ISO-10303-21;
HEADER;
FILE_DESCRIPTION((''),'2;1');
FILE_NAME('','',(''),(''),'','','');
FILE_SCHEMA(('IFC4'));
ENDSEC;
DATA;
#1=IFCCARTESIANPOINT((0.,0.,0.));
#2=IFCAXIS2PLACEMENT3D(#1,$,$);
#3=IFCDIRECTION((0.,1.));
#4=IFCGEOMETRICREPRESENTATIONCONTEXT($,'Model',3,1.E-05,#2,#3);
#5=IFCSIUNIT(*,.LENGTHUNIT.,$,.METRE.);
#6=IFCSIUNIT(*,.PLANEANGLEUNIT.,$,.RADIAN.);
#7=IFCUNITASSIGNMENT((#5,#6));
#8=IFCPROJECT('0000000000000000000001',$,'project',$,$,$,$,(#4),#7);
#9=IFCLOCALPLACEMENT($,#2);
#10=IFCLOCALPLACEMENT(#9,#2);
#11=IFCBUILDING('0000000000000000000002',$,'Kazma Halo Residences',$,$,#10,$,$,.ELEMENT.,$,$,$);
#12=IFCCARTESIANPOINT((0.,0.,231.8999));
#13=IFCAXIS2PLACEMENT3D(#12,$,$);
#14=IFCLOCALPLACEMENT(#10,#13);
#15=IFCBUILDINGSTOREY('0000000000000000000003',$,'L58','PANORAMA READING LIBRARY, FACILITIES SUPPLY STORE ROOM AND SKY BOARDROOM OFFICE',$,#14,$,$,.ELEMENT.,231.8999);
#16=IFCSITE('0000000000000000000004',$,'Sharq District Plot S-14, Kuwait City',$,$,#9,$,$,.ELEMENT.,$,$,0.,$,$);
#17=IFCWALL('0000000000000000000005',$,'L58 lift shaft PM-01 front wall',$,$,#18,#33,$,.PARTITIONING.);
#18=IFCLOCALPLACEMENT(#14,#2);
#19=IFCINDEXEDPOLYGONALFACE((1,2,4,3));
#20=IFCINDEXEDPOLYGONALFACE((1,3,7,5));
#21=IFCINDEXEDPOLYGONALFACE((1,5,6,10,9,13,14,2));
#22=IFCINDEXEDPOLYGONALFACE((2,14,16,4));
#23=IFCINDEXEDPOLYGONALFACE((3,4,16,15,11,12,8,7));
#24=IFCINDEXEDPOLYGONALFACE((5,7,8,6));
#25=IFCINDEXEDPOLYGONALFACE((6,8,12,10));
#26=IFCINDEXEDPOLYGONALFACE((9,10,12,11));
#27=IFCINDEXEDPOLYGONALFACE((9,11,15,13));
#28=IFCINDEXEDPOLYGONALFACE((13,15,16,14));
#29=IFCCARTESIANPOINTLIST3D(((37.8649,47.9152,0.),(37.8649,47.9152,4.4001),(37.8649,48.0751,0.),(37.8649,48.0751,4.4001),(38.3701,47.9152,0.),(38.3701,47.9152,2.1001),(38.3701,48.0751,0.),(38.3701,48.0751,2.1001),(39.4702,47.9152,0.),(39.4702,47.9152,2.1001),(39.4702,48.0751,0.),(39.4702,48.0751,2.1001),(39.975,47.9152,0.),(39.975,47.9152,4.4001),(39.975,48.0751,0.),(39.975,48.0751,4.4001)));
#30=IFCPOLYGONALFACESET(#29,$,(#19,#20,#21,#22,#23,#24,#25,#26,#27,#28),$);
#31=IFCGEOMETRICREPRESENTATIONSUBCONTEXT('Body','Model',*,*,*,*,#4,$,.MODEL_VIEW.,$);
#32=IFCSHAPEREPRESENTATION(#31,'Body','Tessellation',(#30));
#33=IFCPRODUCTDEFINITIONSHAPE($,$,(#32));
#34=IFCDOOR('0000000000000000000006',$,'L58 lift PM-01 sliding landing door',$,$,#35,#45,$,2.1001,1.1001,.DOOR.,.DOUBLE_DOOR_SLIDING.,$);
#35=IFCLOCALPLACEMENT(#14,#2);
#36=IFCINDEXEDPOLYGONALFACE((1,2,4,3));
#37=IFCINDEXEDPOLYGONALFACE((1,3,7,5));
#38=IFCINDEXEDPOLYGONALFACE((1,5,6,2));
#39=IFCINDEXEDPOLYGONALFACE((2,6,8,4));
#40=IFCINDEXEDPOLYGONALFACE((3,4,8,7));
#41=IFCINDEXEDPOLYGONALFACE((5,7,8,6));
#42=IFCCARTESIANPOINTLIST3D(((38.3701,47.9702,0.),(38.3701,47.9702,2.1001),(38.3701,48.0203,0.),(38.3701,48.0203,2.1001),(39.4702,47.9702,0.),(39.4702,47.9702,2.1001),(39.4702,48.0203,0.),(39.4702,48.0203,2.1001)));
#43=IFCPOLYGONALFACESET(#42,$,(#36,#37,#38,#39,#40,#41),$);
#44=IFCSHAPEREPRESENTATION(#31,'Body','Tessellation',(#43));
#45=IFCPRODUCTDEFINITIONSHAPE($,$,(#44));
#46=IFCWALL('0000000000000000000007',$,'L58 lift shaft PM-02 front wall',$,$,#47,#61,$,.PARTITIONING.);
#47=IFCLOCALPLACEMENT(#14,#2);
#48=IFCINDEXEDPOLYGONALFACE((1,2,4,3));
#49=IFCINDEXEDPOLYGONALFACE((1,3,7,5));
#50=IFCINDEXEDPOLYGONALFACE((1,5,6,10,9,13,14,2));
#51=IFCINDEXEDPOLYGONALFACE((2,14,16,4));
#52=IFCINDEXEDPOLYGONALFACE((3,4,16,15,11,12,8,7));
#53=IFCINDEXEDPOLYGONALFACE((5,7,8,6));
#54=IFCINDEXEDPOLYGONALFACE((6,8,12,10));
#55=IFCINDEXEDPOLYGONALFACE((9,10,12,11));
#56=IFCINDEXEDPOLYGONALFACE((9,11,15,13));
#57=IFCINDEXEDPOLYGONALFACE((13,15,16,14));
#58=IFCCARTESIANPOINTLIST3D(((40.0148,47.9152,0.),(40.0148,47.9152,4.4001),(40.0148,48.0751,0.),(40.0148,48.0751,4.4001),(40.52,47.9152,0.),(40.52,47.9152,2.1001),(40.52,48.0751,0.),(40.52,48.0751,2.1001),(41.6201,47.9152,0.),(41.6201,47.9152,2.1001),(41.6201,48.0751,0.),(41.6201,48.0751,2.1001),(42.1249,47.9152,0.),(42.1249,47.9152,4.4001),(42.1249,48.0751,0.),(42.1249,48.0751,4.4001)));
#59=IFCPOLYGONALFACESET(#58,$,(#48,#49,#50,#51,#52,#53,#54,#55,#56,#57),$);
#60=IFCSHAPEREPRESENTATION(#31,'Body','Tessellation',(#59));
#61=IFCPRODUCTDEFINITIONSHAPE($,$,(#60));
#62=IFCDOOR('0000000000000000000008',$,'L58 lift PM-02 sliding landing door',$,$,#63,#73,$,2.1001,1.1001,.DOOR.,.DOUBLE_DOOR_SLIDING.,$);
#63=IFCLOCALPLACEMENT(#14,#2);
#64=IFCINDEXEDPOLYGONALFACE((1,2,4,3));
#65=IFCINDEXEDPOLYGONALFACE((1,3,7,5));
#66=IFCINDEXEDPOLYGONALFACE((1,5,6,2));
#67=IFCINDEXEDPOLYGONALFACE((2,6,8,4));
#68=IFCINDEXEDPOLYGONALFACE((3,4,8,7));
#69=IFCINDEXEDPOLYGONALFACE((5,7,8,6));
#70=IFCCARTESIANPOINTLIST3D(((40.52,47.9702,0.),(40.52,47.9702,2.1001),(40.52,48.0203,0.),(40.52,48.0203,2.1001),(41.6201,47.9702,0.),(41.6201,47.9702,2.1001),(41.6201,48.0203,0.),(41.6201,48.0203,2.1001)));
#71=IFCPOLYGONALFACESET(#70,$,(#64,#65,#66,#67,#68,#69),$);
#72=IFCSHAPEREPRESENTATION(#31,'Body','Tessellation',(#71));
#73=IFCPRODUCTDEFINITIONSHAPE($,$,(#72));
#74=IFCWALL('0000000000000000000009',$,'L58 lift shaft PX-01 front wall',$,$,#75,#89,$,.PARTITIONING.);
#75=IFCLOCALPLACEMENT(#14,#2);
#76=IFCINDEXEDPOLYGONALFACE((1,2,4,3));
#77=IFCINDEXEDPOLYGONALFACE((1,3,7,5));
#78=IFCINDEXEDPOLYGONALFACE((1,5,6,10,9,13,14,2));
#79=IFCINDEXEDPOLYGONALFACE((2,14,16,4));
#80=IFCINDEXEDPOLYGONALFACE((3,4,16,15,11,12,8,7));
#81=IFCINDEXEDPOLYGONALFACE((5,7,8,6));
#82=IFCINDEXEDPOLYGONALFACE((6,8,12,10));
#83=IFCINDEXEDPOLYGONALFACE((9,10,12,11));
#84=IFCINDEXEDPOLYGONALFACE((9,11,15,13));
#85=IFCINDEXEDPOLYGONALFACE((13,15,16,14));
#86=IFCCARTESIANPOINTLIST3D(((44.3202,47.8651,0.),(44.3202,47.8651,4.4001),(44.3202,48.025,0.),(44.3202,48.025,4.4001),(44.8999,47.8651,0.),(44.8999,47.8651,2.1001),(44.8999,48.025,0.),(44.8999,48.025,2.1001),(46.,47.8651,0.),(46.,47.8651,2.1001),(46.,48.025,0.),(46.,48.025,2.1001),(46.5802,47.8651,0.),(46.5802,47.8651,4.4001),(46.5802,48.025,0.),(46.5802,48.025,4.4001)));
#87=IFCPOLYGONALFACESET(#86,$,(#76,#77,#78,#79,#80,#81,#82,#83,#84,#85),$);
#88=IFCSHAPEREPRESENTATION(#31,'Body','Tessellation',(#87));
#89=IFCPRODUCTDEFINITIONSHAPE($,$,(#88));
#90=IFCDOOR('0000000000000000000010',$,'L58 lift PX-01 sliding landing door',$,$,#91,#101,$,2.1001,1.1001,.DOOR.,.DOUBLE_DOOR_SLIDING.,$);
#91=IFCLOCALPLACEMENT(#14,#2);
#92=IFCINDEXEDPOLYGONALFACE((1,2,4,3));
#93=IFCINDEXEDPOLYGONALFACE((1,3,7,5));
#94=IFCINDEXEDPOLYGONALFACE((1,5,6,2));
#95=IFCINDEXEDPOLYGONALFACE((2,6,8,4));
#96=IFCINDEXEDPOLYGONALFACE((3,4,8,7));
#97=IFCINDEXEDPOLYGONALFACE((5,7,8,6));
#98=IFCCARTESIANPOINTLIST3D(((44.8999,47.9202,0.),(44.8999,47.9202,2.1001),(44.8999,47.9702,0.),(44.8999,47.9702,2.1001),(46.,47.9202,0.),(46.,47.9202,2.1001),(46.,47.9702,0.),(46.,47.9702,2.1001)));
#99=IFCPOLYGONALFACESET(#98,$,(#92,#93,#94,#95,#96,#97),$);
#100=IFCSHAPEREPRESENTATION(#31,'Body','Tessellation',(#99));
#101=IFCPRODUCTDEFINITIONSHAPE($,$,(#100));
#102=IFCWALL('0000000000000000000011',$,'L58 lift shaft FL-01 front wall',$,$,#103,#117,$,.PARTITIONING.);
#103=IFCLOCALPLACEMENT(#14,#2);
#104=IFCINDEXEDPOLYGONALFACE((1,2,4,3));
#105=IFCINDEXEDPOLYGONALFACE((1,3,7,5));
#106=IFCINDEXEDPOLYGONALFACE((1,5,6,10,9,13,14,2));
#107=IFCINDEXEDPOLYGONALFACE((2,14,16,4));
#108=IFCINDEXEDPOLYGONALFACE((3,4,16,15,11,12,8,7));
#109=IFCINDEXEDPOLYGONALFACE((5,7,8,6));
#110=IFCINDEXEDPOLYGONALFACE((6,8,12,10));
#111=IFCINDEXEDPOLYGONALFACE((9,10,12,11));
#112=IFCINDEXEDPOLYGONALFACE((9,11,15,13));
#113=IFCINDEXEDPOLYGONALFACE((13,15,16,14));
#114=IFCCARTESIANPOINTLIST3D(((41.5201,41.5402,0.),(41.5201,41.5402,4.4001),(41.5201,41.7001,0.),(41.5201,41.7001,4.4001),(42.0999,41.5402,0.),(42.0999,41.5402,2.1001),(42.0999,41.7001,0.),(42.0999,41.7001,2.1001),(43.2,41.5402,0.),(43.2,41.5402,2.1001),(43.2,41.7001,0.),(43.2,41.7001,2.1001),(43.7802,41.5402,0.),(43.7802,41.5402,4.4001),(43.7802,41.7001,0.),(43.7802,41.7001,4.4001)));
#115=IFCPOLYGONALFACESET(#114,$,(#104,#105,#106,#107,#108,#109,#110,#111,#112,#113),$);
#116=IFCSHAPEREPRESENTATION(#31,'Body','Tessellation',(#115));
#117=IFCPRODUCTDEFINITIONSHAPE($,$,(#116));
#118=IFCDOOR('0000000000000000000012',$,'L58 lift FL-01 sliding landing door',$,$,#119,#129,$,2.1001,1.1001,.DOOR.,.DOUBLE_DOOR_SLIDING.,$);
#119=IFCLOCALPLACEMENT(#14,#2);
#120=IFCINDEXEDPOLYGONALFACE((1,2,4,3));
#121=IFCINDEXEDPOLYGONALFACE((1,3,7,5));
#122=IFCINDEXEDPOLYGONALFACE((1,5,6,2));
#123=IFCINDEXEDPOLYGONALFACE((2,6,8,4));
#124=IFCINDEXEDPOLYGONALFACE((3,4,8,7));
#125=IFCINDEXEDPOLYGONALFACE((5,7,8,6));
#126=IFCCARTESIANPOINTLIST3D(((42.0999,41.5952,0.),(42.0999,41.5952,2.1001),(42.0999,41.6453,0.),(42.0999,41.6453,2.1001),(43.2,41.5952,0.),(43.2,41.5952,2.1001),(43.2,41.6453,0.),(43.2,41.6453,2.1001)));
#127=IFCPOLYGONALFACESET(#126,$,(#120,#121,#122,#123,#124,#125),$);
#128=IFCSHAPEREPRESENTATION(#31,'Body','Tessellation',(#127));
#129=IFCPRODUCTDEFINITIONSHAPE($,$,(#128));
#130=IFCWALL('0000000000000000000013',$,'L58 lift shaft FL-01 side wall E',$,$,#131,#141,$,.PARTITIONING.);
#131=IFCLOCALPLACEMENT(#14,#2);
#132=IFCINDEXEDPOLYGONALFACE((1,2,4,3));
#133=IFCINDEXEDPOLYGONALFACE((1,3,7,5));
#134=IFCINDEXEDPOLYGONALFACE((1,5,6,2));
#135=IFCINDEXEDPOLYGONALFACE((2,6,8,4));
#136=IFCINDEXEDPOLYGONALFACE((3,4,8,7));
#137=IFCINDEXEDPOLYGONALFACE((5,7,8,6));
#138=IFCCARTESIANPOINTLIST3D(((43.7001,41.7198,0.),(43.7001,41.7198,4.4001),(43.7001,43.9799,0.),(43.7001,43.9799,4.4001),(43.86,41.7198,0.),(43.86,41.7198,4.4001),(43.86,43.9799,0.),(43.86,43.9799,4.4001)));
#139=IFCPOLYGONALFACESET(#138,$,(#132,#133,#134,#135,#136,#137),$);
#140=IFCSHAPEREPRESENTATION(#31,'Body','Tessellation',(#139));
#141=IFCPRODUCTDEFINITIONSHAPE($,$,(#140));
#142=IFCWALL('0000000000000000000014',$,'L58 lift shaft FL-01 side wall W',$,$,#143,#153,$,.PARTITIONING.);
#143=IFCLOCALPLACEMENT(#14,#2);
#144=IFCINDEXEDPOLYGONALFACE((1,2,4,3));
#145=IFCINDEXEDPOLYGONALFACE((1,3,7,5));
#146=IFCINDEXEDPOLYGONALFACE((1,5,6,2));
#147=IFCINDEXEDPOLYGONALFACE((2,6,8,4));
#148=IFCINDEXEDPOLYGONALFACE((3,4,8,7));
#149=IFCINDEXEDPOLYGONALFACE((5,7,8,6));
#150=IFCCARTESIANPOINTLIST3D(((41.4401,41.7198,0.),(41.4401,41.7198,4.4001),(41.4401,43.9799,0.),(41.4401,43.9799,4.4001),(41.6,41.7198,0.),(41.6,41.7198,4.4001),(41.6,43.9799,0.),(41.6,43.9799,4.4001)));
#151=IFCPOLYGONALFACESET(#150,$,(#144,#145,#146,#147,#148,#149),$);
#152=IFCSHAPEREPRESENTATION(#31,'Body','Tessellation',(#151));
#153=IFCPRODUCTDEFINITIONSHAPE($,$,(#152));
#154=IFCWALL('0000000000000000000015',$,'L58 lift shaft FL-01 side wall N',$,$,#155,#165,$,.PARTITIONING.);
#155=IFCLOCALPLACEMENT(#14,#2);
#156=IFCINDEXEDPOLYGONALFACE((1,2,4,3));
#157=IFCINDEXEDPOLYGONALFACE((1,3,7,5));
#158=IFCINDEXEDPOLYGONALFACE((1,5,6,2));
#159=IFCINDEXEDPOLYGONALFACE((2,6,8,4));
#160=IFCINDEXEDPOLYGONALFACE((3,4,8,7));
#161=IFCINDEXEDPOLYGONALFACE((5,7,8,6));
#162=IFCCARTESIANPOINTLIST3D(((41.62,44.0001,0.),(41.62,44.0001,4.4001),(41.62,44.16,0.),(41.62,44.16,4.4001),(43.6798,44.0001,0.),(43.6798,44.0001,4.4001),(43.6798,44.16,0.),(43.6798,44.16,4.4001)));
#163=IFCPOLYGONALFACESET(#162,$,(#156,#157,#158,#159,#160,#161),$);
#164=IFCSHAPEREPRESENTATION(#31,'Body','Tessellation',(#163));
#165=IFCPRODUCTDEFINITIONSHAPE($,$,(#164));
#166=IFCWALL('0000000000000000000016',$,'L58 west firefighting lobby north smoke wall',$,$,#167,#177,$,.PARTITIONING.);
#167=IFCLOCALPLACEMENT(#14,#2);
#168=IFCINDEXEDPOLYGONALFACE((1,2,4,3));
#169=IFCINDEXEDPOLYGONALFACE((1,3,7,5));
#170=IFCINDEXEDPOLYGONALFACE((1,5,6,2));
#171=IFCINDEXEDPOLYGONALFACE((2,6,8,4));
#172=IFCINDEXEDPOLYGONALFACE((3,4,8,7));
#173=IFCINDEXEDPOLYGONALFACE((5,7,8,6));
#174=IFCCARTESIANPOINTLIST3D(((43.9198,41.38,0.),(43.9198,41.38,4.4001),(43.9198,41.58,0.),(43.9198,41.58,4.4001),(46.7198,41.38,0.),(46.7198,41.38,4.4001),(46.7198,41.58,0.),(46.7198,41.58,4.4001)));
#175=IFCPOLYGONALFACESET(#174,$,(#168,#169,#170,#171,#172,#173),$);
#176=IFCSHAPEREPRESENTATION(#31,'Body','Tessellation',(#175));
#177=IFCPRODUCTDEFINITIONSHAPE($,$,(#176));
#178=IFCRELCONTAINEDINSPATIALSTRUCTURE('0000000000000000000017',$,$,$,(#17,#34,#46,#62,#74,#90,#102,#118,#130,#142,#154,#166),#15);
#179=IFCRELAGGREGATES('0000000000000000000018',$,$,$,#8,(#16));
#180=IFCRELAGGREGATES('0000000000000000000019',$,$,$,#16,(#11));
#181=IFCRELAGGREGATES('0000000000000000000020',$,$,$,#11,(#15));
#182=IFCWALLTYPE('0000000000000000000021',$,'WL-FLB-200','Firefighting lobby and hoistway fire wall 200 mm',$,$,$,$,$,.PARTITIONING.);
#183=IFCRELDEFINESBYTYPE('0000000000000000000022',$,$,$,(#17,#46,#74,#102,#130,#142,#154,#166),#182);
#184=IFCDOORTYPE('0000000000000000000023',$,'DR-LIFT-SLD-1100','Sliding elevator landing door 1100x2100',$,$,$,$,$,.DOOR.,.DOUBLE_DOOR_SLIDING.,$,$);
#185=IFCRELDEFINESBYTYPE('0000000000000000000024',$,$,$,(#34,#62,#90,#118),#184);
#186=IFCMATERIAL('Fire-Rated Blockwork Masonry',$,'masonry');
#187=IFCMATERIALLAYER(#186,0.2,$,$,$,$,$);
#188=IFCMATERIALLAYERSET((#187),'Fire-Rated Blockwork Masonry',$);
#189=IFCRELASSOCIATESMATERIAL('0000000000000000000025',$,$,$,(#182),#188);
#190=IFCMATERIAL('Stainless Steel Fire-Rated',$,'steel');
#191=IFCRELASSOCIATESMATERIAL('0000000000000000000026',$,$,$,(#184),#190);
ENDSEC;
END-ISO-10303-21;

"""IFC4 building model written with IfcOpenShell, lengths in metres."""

from ifc_helpers import new_model, si_unit, direction, frame, frame_2d, origin, place, context, subcontext, project, spatial, rectangle, extrude, material, layer, layer_set, type_object, element, fill, save


model = new_model("IFC4")

# Units and contexts
model_context = context("Model", 3, precision=1e-05, world=origin(), true_north=direction((0.0, 1.0)))
body_context = subcontext(model_context, "Body", "Model", "MODEL_VIEW")
ifc_project = project(units=[si_unit("LENGTHUNIT", "METRE"), si_unit("PLANEANGLEUNIT", "RADIAN")], contexts=[model_context])

# Site, building, storey
site_placement = place(None, origin())
site = spatial("IfcSite", under=ifc_project, at=site_placement, Name="Sharq District Plot S-14, Kuwait City", CompositionType="ELEMENT", RefElevation=0.0)
building_placement = place(site_placement, origin())
building = spatial("IfcBuilding", under=site, at=building_placement, Name="Kazma Halo Residences", CompositionType="ELEMENT")
storey_placement = place(building_placement, frame((0.0, 0.0, 231.8999)))
storey = spatial("IfcBuildingStorey", under=building, at=storey_placement, Name="L58", Description="PANORAMA READING LIBRARY, FACILITIES SUPPLY STORE ROOM AND SKY BOARDROOM OFFICE", CompositionType="ELEMENT", Elevation=231.8999)

# Walls, openings, doors
ifc_material_1 = material(Name="Fire-Rated Blockwork Masonry", Category="masonry")
ifc_layer_1 = layer(ifc_material_1, 0.2)
ifc_layer_set_1 = layer_set([ifc_layer_1], Name="Fire-Rated Blockwork Masonry")
wall_type_1 = type_object("IfcWallType", Name="WL-FLB-200", Description="Firefighting lobby and hoistway fire wall 200 mm", PredefinedType="PARTITIONING", material=ifc_layer_set_1)
wall_1_placement = place(storey_placement, frame((39.9751, 47.9951, 0.0), z_axis=(0.0, 0.0, 1.0), x_axis=(-1.0, 0.0, 0.0)))
wall_1 = element("IfcWall", 1, at=wall_1_placement, inside=storey, type_object=wall_type_1, Name="L58 lift shaft PM-01 front wall", PredefinedType="PARTITIONING", context=body_context, shape_type="SweptSolid", body=[
    extrude(rectangle(XDim=2.1101, YDim=0.1599, at=frame_2d((1.0552, 0.0))), origin(), (0.0, 0.0, 1.0), 4.4001),
])
opening_1_placement = place(wall_1_placement, frame((0.5049, 0.0, 0.0)))
opening_1 = element("IfcOpeningElement", 2, at=opening_1_placement, cuts=wall_1, PredefinedType="OPENING", context=body_context, shape_type="SweptSolid", body=[
    extrude(rectangle(XDim=1.1001, YDim=2.1001, at=frame_2d((0.55, 1.05))), frame((0.0, 0.0898, 0.0), z_axis=(0.0, -1.0, 0.0), x_axis=(1.0, 0.0, 0.0)), (0.0, 0.0, 1.0), 0.1799),
])
ifc_material_2 = material(Name="Stainless Steel Fire-Rated", Category="steel")
door_type_1 = type_object("IfcDoorType", Name="DR-LIFT-SLD-1100", Description="Sliding elevator landing door 1100x2100", OperationType="DOUBLE_DOOR_SLIDING", PredefinedType="DOOR", material=ifc_material_2)
door_1_placement = place(opening_1_placement, origin())
door_1 = element("IfcDoor", 3, at=door_1_placement, inside=storey, type_object=door_type_1, Name="L58 lift PM-01 sliding landing door", OperationType="DOUBLE_DOOR_SLIDING", OverallHeight=2.1001, OverallWidth=1.1001, PredefinedType="DOOR", context=body_context, shape_type="SweptSolid", body=[
    extrude(rectangle(XDim=1.1001, YDim=2.1001, at=frame_2d((0.55, 1.05))), frame((0.0, 0.0249, 0.0), z_axis=(0.0, -1.0, 0.0), x_axis=(1.0, 0.0, 0.0)), (0.0, 0.0, 1.0), 0.05),
])
fill(opening_1, door_1)
wall_2_placement = place(storey_placement, frame((42.125, 47.9951, 0.0), z_axis=(0.0, 0.0, 1.0), x_axis=(-1.0, 0.0, 0.0)))
wall_2 = element("IfcWall", 4, at=wall_2_placement, inside=storey, type_object=wall_type_1, Name="L58 lift shaft PM-02 front wall", PredefinedType="PARTITIONING", context=body_context, shape_type="SweptSolid", body=[
    extrude(rectangle(XDim=2.1101, YDim=0.1599, at=frame_2d((1.0552, 0.0))), origin(), (0.0, 0.0, 1.0), 4.4001),
])
opening_2_placement = place(wall_2_placement, frame((0.5049, 0.0, 0.0)))
opening_2 = element("IfcOpeningElement", 5, at=opening_2_placement, cuts=wall_2, PredefinedType="OPENING", context=body_context, shape_type="SweptSolid", body=[
    extrude(rectangle(XDim=1.1001, YDim=2.1001, at=frame_2d((0.55, 1.05))), frame((0.0, 0.0898, 0.0), z_axis=(0.0, -1.0, 0.0), x_axis=(1.0, 0.0, 0.0)), (0.0, 0.0, 1.0), 0.1799),
])
door_2_placement = place(opening_2_placement, origin())
door_2 = element("IfcDoor", 6, at=door_2_placement, inside=storey, type_object=door_type_1, Name="L58 lift PM-02 sliding landing door", OperationType="DOUBLE_DOOR_SLIDING", OverallHeight=2.1001, OverallWidth=1.1001, PredefinedType="DOOR", context=body_context, shape_type="SweptSolid", body=[
    extrude(rectangle(XDim=1.1001, YDim=2.1001, at=frame_2d((0.55, 1.05))), frame((0.0, 0.0249, 0.0), z_axis=(0.0, -1.0, 0.0), x_axis=(1.0, 0.0, 0.0)), (0.0, 0.0, 1.0), 0.05),
])
fill(opening_2, door_2)
wall_3_placement = place(storey_placement, frame((46.5801, 47.9451, 0.0), z_axis=(0.0, 0.0, 1.0), x_axis=(-1.0, 0.0, 0.0)))
wall_3 = element("IfcWall", 7, at=wall_3_placement, inside=storey, type_object=wall_type_1, Name="L58 lift shaft PX-01 front wall", PredefinedType="PARTITIONING", context=body_context, shape_type="SweptSolid", body=[
    extrude(rectangle(XDim=2.26, YDim=0.1599, at=frame_2d((1.1299, 0.0))), origin(), (0.0, 0.0, 1.0), 4.4001),
])
opening_3_placement = place(wall_3_placement, frame((0.5801, 0.0, 0.0)))
opening_3 = element("IfcOpeningElement", 8, at=opening_3_placement, cuts=wall_3, PredefinedType="OPENING", context=body_context, shape_type="SweptSolid", body=[
    extrude(rectangle(XDim=1.1001, YDim=2.1001, at=frame_2d((0.55, 1.05))), frame((0.0, 0.0898, 0.0), z_axis=(0.0, -1.0, 0.0), x_axis=(1.0, 0.0, 0.0)), (0.0, 0.0, 1.0), 0.1799),
])
door_3_placement = place(opening_3_placement, origin())
door_3 = element("IfcDoor", 9, at=door_3_placement, inside=storey, type_object=door_type_1, Name="L58 lift PX-01 sliding landing door", OperationType="DOUBLE_DOOR_SLIDING", OverallHeight=2.1001, OverallWidth=1.1001, PredefinedType="DOOR", context=body_context, shape_type="SweptSolid", body=[
    extrude(rectangle(XDim=1.1001, YDim=2.1001, at=frame_2d((0.55, 1.05))), frame((0.0, 0.0249, 0.0), z_axis=(0.0, -1.0, 0.0), x_axis=(1.0, 0.0, 0.0)), (0.0, 0.0, 1.0), 0.05),
])
fill(opening_3, door_3)
wall_4_placement = place(storey_placement, frame((43.78, 41.6201, 0.0), z_axis=(0.0, 0.0, 1.0), x_axis=(-1.0, 0.0, 0.0)))
wall_4 = element("IfcWall", 10, at=wall_4_placement, inside=storey, type_object=wall_type_1, Name="L58 lift shaft FL-01 front wall", PredefinedType="PARTITIONING", context=body_context, shape_type="SweptSolid", body=[
    extrude(rectangle(XDim=2.26, YDim=0.1599, at=frame_2d((1.1299, 0.0))), origin(), (0.0, 0.0, 1.0), 4.4001),
])
opening_4_placement = place(wall_4_placement, frame((0.5801, 0.0, 0.0)))
opening_4 = element("IfcOpeningElement", 11, at=opening_4_placement, cuts=wall_4, PredefinedType="OPENING", context=body_context, shape_type="SweptSolid", body=[
    extrude(rectangle(XDim=1.1001, YDim=2.1001, at=frame_2d((0.55, 1.05))), frame((0.0, 0.0898, 0.0), z_axis=(0.0, -1.0, 0.0), x_axis=(1.0, 0.0, 0.0)), (0.0, 0.0, 1.0), 0.1799),
])
door_4_placement = place(opening_4_placement, origin())
door_4 = element("IfcDoor", 12, at=door_4_placement, inside=storey, type_object=door_type_1, Name="L58 lift FL-01 sliding landing door", OperationType="DOUBLE_DOOR_SLIDING", OverallHeight=2.1001, OverallWidth=1.1001, PredefinedType="DOOR", context=body_context, shape_type="SweptSolid", body=[
    extrude(rectangle(XDim=1.1001, YDim=2.1001, at=frame_2d((0.55, 1.05))), frame((0.0, 0.0249, 0.0), z_axis=(0.0, -1.0, 0.0), x_axis=(1.0, 0.0, 0.0)), (0.0, 0.0, 1.0), 0.05),
])
fill(opening_4, door_4)

# Walls
for number, where, z_axis, x_axis, name in (
    (13, (43.78, 41.72, 0.0), (0.0, 0.0, 1.0), (0.0, 1.0, 0.0), "L58 lift shaft FL-01 side wall E"),
    (14, (41.52, 41.72, 0.0), (0.0, 0.0, 1.0), (0.0, 1.0, 0.0), "L58 lift shaft FL-01 side wall W"),
):
    element("IfcWall", number, at=place(storey_placement, frame(where, z_axis=z_axis, x_axis=x_axis)), inside=storey, type_object=wall_type_1, Name=name, PredefinedType="PARTITIONING", context=body_context, shape_type="SweptSolid", body=[
        extrude(rectangle(XDim=2.26, YDim=0.1599, at=frame_2d((1.1299, 0.0))), origin(), (0.0, 0.0, 1.0), 4.4001),
    ])
wall_5_placement = place(storey_placement, frame((41.6201, 44.0801, 0.0), z_axis=(0.0, 0.0, 1.0), x_axis=(1.0, 0.0, 0.0)))
element("IfcWall", 15, at=wall_5_placement, inside=storey, type_object=wall_type_1, Name="L58 lift shaft FL-01 side wall N", PredefinedType="PARTITIONING", context=body_context, shape_type="SweptSolid", body=[
    extrude(rectangle(XDim=2.0598, YDim=0.1599, at=frame_2d((1.0298, 0.0))), origin(), (0.0, 0.0, 1.0), 4.4001),
])
wall_6_placement = place(storey_placement, frame((43.9199, 41.48, 0.0), z_axis=(0.0, 0.0, 1.0), x_axis=(1.0, 0.0, 0.0)))
element("IfcWall", 16, at=wall_6_placement, inside=storey, type_object=wall_type_1, Name="L58 west firefighting lobby north smoke wall", PredefinedType="PARTITIONING", context=body_context, shape_type="SweptSolid", body=[
    extrude(rectangle(XDim=2.8, YDim=0.2, at=frame_2d((1.3999, 0.0))), origin(), (0.0, 0.0, 1.0), 4.4001),
])

save(model, "model.ifc")
